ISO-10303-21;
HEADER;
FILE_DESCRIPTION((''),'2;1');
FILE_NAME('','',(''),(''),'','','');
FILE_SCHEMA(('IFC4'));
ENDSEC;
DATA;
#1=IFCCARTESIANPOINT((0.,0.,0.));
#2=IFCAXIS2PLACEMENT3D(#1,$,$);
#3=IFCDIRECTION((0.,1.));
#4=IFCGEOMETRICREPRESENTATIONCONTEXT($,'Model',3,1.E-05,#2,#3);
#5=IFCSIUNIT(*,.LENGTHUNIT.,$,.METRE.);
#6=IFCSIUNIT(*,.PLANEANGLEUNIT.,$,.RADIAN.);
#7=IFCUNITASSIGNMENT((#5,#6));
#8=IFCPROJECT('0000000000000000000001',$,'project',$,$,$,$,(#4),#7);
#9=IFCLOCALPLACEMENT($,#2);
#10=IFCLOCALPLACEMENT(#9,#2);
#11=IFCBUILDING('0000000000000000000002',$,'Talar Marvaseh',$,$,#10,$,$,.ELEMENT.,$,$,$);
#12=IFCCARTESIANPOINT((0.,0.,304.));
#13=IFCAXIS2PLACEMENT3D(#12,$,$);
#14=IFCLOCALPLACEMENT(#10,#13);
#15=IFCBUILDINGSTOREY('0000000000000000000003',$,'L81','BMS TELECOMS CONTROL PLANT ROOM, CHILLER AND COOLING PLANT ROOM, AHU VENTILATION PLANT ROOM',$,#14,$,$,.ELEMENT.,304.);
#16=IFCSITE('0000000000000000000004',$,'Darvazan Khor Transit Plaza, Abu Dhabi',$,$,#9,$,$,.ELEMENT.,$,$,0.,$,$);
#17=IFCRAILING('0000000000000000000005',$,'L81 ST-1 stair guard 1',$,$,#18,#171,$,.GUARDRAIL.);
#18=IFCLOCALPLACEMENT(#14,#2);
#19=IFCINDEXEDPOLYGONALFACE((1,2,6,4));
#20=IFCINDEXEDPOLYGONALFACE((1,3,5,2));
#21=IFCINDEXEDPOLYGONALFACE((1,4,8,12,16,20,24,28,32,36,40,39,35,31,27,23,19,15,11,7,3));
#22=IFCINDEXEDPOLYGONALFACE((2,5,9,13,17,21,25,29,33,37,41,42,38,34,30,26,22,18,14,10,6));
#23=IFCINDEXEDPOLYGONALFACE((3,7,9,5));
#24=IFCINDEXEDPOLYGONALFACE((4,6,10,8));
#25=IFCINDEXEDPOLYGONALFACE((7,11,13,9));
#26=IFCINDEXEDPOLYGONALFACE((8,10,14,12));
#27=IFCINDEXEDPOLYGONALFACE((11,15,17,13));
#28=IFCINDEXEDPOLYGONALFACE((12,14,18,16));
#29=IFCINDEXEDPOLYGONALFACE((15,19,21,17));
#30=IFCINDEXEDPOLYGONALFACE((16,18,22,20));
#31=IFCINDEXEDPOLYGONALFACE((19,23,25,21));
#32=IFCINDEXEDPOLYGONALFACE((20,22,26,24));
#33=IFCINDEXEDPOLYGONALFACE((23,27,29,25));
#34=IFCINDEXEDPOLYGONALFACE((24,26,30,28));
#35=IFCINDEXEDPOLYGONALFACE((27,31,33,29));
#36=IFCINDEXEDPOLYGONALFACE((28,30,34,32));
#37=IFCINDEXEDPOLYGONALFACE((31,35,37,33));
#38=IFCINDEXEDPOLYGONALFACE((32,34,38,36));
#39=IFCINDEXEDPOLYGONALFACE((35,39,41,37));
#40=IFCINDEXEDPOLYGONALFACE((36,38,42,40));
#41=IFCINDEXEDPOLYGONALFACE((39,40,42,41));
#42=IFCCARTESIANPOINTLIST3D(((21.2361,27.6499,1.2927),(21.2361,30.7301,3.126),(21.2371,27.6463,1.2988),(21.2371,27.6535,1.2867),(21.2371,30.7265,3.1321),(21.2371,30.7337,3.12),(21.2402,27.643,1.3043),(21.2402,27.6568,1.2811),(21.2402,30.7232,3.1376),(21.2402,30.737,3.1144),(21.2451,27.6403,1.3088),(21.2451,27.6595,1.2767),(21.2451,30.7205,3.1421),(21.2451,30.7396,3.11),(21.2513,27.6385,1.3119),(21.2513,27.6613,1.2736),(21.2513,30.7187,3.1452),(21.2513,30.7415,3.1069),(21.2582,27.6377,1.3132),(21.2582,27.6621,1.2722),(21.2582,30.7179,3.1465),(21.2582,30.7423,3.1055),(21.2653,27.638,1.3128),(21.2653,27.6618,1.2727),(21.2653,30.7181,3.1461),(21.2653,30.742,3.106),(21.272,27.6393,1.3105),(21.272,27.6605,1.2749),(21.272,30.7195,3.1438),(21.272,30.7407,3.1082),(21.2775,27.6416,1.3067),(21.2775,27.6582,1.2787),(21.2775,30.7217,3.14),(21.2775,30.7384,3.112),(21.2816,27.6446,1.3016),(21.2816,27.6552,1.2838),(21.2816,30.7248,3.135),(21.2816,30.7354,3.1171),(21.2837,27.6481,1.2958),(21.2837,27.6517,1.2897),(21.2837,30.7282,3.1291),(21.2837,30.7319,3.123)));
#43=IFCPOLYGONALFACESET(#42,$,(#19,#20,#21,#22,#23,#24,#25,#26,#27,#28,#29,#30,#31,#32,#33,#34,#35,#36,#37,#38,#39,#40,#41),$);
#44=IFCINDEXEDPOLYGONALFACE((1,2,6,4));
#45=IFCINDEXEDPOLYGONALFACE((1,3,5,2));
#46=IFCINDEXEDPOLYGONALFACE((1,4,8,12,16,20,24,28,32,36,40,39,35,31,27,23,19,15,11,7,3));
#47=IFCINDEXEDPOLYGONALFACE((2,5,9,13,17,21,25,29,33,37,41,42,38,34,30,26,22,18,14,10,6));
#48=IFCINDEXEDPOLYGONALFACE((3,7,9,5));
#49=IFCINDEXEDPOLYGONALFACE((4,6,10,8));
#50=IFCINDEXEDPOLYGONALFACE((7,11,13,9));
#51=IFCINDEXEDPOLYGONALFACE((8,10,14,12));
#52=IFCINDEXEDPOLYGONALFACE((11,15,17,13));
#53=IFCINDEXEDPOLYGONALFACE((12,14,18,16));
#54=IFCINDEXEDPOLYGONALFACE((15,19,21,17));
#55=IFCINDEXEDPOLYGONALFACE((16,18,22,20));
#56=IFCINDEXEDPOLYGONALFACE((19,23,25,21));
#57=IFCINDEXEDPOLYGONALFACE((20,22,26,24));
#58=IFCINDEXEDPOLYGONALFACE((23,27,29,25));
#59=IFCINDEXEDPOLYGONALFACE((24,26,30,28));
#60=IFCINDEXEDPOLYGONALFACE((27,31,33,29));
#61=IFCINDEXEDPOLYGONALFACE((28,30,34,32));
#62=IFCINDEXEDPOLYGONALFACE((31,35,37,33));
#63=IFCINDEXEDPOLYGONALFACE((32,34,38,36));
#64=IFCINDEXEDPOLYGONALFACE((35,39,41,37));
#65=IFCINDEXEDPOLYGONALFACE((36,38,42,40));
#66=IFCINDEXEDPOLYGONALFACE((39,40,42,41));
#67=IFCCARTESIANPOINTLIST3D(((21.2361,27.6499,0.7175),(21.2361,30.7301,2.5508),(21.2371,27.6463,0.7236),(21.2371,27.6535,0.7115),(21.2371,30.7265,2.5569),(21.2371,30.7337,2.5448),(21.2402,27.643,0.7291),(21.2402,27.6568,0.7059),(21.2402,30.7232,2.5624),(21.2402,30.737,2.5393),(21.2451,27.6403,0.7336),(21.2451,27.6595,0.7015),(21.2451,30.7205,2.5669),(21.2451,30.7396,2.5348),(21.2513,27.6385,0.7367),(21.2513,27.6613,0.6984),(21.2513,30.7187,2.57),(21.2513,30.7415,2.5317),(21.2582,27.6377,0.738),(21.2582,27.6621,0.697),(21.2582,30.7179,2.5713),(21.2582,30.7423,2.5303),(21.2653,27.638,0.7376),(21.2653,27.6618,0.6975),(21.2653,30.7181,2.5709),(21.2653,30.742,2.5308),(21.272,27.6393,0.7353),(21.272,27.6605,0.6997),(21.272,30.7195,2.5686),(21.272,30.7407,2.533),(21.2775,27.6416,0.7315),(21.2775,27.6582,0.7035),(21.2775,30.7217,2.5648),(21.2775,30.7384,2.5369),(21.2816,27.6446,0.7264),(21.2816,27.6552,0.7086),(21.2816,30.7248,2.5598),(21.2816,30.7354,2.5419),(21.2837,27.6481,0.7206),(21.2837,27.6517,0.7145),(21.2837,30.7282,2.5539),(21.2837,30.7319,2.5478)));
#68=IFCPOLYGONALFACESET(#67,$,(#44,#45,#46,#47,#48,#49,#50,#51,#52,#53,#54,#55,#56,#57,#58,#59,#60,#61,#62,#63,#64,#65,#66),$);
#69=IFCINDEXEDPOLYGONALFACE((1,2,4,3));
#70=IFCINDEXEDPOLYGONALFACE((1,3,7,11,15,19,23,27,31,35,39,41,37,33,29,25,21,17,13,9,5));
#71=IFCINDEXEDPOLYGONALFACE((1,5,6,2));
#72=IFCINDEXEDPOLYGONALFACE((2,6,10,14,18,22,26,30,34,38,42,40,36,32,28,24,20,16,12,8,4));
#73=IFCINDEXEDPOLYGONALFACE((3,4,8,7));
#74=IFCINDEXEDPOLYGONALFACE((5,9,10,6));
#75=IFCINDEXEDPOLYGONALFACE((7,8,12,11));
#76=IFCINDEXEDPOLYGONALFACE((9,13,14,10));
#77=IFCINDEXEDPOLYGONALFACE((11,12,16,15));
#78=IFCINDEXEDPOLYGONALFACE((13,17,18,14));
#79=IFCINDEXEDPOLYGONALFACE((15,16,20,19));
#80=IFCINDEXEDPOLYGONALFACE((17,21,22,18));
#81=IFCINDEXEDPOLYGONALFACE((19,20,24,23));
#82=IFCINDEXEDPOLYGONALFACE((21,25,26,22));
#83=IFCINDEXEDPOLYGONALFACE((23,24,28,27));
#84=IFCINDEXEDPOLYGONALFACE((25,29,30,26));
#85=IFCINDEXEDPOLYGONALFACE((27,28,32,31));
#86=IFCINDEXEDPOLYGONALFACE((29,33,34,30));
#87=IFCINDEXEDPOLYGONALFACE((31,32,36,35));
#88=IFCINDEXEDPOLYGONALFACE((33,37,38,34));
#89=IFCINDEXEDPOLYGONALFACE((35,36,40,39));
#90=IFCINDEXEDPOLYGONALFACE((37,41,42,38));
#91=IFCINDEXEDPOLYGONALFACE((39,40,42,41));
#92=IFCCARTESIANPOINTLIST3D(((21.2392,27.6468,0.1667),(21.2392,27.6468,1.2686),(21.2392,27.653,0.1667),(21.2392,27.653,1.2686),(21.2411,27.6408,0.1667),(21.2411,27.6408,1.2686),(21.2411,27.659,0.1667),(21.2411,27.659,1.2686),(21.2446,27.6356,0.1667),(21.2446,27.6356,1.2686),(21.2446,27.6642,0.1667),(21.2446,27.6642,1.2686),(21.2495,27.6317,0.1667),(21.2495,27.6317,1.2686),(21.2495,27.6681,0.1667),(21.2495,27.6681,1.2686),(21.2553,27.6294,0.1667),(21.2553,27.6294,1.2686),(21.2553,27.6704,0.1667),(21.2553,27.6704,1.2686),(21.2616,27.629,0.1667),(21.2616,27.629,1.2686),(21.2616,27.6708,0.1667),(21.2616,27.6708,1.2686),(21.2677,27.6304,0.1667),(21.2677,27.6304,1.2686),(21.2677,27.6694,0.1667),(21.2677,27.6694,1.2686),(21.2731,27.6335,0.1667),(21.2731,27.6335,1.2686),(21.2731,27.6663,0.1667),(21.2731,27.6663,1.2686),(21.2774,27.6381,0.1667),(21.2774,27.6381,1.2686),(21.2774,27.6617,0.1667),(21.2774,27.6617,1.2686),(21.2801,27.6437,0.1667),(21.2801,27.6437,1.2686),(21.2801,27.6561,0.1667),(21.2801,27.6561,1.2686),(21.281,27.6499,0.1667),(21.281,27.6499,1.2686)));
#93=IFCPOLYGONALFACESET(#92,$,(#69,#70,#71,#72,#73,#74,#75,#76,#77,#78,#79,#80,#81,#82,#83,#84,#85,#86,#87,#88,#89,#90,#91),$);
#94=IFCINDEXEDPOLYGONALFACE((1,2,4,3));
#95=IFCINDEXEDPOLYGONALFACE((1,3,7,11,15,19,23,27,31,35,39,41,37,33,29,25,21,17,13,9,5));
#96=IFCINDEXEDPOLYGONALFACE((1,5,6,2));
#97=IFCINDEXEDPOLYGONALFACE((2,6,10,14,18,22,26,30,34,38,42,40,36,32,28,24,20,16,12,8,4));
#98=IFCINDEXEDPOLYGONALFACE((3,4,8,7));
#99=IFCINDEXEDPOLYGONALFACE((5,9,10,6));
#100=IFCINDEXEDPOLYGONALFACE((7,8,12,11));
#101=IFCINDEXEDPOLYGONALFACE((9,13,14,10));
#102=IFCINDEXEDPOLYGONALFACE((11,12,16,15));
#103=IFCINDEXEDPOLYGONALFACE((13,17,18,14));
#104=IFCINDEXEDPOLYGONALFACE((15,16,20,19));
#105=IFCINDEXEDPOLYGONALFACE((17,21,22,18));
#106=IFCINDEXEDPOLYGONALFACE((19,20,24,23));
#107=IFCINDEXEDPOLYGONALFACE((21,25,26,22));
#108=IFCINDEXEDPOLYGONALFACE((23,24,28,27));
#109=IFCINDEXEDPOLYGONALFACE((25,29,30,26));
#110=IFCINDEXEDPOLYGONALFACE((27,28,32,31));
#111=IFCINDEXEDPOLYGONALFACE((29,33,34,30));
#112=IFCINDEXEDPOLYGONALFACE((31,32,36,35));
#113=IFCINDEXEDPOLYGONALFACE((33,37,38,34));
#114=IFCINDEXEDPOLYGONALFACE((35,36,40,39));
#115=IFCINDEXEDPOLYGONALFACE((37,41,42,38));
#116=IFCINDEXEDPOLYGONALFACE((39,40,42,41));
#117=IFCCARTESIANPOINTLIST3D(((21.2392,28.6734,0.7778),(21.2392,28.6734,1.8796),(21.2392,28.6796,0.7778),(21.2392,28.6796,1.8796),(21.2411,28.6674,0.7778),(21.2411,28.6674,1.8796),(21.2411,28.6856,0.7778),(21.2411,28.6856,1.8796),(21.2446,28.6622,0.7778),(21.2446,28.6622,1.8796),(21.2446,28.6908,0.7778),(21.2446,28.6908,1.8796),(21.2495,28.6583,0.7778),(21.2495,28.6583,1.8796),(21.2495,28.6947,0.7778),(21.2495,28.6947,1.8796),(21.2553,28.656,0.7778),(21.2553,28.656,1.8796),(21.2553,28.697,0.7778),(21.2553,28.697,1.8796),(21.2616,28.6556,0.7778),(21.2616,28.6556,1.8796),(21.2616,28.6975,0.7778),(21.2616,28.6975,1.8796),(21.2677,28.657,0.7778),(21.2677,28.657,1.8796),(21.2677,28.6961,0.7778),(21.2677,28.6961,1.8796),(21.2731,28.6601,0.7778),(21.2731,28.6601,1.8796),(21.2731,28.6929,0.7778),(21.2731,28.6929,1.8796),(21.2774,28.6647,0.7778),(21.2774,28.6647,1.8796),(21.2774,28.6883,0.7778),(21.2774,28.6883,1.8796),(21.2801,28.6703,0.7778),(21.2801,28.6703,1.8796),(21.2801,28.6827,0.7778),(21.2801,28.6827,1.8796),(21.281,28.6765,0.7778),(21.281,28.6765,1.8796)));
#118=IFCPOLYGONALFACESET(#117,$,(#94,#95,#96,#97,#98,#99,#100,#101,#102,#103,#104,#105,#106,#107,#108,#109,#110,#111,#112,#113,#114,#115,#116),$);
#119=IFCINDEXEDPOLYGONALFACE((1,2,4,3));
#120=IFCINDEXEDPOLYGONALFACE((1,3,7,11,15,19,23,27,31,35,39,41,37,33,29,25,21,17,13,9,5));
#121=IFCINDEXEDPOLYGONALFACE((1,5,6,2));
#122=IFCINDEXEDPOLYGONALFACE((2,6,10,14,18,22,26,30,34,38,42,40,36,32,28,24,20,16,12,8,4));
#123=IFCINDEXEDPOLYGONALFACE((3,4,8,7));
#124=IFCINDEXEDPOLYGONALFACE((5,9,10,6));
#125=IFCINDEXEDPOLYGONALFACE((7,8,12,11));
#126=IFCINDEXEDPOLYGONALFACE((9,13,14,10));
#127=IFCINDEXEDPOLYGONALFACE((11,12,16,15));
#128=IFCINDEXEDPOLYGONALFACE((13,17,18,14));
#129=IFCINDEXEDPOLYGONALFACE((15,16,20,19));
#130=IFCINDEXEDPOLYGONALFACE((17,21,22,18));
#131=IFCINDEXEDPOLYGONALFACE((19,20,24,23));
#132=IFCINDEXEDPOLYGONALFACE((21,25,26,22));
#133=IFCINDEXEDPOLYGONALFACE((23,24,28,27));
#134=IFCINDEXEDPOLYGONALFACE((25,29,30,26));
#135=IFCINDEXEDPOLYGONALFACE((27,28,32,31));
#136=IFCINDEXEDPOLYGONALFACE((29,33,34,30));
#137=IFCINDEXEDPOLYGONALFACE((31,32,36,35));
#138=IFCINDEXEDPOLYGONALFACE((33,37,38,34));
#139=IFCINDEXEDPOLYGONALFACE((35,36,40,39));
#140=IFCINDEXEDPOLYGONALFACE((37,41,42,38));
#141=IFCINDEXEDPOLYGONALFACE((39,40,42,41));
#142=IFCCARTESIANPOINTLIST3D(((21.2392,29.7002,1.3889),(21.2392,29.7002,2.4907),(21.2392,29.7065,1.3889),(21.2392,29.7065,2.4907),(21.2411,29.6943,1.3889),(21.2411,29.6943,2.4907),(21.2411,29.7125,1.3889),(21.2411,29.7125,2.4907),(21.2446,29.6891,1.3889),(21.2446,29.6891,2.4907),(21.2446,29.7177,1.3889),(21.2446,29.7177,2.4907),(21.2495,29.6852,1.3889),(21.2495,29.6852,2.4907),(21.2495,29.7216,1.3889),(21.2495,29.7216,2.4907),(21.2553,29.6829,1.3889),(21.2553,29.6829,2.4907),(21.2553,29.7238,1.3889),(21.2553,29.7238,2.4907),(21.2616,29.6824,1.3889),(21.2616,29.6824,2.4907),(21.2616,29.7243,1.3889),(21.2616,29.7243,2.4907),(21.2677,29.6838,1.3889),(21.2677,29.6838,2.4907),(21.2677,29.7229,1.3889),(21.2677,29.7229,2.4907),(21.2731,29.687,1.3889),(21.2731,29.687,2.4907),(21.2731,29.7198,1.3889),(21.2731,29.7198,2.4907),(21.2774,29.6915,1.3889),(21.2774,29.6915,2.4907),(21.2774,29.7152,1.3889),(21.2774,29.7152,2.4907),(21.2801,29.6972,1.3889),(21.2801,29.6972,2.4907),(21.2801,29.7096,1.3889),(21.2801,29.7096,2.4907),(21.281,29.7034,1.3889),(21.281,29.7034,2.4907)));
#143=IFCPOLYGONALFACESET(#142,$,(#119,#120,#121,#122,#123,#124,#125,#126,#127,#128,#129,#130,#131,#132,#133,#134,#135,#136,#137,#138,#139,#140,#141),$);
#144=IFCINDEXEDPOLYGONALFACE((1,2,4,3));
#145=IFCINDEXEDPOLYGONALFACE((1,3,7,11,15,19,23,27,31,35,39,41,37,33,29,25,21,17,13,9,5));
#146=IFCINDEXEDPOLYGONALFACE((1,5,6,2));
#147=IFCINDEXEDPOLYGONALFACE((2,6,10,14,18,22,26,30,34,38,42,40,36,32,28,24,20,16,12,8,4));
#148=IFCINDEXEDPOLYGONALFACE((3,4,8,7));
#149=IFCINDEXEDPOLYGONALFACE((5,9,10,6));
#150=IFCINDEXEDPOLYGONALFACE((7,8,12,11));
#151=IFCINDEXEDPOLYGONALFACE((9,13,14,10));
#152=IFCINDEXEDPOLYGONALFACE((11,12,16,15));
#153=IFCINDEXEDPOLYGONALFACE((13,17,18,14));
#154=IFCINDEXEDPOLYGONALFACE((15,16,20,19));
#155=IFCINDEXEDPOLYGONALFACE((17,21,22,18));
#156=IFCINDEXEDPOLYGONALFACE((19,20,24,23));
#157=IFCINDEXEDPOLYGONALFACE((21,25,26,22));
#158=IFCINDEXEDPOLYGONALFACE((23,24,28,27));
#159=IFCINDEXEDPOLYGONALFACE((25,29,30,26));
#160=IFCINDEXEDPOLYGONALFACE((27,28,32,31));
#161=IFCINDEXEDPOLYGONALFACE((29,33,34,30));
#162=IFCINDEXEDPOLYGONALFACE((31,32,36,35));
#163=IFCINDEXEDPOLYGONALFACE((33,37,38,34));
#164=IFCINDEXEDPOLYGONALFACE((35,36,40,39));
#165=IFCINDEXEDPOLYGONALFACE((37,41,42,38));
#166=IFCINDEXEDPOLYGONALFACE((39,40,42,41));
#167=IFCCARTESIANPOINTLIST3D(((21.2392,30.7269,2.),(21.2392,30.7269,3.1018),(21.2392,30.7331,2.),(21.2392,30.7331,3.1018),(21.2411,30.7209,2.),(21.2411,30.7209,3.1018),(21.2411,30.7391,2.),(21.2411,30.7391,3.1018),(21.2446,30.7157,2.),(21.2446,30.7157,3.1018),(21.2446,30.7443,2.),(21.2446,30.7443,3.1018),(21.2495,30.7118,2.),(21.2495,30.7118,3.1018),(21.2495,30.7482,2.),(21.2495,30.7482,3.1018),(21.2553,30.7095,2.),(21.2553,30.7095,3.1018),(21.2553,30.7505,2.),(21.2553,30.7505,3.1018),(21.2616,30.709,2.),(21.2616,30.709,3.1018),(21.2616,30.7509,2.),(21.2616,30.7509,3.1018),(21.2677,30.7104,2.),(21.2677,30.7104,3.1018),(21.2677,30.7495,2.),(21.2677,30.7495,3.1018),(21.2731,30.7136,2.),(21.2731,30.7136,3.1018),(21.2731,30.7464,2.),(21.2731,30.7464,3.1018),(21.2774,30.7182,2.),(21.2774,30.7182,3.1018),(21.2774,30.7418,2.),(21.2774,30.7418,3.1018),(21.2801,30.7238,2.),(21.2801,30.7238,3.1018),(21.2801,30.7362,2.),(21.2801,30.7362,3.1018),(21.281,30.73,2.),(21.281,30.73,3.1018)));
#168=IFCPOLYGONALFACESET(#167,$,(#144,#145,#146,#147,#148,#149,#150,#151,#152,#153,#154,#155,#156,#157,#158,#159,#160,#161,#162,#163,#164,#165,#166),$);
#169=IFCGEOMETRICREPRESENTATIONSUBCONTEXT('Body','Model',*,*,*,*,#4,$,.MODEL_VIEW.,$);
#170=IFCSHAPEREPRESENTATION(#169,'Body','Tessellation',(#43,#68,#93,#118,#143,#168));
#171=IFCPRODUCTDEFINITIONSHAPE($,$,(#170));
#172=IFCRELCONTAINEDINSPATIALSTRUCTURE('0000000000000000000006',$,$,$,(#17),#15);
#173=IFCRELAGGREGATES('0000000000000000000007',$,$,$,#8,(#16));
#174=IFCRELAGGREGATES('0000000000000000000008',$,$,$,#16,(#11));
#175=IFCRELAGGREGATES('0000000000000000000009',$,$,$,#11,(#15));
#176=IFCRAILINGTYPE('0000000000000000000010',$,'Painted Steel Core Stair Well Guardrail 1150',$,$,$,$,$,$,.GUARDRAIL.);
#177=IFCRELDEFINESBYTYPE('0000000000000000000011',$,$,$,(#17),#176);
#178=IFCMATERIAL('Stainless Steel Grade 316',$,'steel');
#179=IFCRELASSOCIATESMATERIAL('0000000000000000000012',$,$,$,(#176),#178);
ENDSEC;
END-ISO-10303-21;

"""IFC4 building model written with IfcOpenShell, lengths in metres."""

from ifc_helpers import new_model, si_unit, direction, frame, origin, origin_2d, place, context, subcontext, project, spatial, circle, extrude, material, type_object, element, save


model = new_model("IFC4")

# Units and contexts
model_context = context("Model", 3, precision=1e-05, world=origin(), true_north=direction((0.0, 1.0)))
body_context = subcontext(model_context, "Body", "Model", "MODEL_VIEW")
ifc_project = project(units=[si_unit("LENGTHUNIT", "METRE"), si_unit("PLANEANGLEUNIT", "RADIAN")], contexts=[model_context])

# Site, building, storey
site_placement = place(None, origin())
site = spatial("IfcSite", under=ifc_project, at=site_placement, Name="Darvazan Khor Transit Plaza, Abu Dhabi", CompositionType="ELEMENT", RefElevation=0.0)
building_placement = place(site_placement, origin())
building = spatial("IfcBuilding", under=site, at=building_placement, Name="Talar Marvaseh", CompositionType="ELEMENT")
storey_placement = place(building_placement, frame((0.0, 0.0, 304.0)))
storey = spatial("IfcBuildingStorey", under=building, at=storey_placement, Name="L81", Description="BMS TELECOMS CONTROL PLANT ROOM, CHILLER AND COOLING PLANT ROOM, AHU VENTILATION PLANT ROOM", CompositionType="ELEMENT", Elevation=304.0)

# Shared definitions
ifc_material_1 = material(Name="Stainless Steel Grade 316", Category="steel")

# Railing
railing_type_1 = type_object("IfcRailingType", Name="Painted Steel Core Stair Well Guardrail 1150", PredefinedType="GUARDRAIL", material=ifc_material_1)
railing_1_placement = place(storey_placement, frame((21.26, 27.6499, 0.1667)))
element("IfcRailing", 1, at=railing_1_placement, inside=storey, type_object=railing_type_1, Name="L81 ST-1 stair guard 1", PredefinedType="GUARDRAIL", context=body_context, shape_type="SweptSolid", body=[
    extrude(circle(Radius=0.0239, at=origin_2d()), frame((0.0, 0.0, 1.126), z_axis=(0.0, 0.859309, 0.511458), x_axis=(-1.0, 0.0, 0.0)), (0.0, 0.0, 1.0), 3.5845),
    extrude(circle(Radius=0.0239, at=origin_2d()), frame((0.0, 0.0, 0.5508), z_axis=(0.0, 0.859309, 0.511458), x_axis=(-1.0, 0.0, 0.0)), (0.0, 0.0, 1.0), 3.5845),
    extrude(circle(Radius=0.021, at=origin_2d()), origin(), (0.0, 0.0, 1.0), 1.1018),
    extrude(circle(Radius=0.021, at=origin_2d()), frame((0.0, 1.0266, 0.6111)), (0.0, 0.0, 1.0), 1.1018),
    extrude(circle(Radius=0.021, at=origin_2d()), frame((0.0, 2.0535, 1.2222)), (0.0, 0.0, 1.0), 1.1018),
    extrude(circle(Radius=0.021, at=origin_2d()), frame((0.0, 3.0801, 1.8333)), (0.0, 0.0, 1.0), 1.1018),
])

save(model, "model.ifc")
